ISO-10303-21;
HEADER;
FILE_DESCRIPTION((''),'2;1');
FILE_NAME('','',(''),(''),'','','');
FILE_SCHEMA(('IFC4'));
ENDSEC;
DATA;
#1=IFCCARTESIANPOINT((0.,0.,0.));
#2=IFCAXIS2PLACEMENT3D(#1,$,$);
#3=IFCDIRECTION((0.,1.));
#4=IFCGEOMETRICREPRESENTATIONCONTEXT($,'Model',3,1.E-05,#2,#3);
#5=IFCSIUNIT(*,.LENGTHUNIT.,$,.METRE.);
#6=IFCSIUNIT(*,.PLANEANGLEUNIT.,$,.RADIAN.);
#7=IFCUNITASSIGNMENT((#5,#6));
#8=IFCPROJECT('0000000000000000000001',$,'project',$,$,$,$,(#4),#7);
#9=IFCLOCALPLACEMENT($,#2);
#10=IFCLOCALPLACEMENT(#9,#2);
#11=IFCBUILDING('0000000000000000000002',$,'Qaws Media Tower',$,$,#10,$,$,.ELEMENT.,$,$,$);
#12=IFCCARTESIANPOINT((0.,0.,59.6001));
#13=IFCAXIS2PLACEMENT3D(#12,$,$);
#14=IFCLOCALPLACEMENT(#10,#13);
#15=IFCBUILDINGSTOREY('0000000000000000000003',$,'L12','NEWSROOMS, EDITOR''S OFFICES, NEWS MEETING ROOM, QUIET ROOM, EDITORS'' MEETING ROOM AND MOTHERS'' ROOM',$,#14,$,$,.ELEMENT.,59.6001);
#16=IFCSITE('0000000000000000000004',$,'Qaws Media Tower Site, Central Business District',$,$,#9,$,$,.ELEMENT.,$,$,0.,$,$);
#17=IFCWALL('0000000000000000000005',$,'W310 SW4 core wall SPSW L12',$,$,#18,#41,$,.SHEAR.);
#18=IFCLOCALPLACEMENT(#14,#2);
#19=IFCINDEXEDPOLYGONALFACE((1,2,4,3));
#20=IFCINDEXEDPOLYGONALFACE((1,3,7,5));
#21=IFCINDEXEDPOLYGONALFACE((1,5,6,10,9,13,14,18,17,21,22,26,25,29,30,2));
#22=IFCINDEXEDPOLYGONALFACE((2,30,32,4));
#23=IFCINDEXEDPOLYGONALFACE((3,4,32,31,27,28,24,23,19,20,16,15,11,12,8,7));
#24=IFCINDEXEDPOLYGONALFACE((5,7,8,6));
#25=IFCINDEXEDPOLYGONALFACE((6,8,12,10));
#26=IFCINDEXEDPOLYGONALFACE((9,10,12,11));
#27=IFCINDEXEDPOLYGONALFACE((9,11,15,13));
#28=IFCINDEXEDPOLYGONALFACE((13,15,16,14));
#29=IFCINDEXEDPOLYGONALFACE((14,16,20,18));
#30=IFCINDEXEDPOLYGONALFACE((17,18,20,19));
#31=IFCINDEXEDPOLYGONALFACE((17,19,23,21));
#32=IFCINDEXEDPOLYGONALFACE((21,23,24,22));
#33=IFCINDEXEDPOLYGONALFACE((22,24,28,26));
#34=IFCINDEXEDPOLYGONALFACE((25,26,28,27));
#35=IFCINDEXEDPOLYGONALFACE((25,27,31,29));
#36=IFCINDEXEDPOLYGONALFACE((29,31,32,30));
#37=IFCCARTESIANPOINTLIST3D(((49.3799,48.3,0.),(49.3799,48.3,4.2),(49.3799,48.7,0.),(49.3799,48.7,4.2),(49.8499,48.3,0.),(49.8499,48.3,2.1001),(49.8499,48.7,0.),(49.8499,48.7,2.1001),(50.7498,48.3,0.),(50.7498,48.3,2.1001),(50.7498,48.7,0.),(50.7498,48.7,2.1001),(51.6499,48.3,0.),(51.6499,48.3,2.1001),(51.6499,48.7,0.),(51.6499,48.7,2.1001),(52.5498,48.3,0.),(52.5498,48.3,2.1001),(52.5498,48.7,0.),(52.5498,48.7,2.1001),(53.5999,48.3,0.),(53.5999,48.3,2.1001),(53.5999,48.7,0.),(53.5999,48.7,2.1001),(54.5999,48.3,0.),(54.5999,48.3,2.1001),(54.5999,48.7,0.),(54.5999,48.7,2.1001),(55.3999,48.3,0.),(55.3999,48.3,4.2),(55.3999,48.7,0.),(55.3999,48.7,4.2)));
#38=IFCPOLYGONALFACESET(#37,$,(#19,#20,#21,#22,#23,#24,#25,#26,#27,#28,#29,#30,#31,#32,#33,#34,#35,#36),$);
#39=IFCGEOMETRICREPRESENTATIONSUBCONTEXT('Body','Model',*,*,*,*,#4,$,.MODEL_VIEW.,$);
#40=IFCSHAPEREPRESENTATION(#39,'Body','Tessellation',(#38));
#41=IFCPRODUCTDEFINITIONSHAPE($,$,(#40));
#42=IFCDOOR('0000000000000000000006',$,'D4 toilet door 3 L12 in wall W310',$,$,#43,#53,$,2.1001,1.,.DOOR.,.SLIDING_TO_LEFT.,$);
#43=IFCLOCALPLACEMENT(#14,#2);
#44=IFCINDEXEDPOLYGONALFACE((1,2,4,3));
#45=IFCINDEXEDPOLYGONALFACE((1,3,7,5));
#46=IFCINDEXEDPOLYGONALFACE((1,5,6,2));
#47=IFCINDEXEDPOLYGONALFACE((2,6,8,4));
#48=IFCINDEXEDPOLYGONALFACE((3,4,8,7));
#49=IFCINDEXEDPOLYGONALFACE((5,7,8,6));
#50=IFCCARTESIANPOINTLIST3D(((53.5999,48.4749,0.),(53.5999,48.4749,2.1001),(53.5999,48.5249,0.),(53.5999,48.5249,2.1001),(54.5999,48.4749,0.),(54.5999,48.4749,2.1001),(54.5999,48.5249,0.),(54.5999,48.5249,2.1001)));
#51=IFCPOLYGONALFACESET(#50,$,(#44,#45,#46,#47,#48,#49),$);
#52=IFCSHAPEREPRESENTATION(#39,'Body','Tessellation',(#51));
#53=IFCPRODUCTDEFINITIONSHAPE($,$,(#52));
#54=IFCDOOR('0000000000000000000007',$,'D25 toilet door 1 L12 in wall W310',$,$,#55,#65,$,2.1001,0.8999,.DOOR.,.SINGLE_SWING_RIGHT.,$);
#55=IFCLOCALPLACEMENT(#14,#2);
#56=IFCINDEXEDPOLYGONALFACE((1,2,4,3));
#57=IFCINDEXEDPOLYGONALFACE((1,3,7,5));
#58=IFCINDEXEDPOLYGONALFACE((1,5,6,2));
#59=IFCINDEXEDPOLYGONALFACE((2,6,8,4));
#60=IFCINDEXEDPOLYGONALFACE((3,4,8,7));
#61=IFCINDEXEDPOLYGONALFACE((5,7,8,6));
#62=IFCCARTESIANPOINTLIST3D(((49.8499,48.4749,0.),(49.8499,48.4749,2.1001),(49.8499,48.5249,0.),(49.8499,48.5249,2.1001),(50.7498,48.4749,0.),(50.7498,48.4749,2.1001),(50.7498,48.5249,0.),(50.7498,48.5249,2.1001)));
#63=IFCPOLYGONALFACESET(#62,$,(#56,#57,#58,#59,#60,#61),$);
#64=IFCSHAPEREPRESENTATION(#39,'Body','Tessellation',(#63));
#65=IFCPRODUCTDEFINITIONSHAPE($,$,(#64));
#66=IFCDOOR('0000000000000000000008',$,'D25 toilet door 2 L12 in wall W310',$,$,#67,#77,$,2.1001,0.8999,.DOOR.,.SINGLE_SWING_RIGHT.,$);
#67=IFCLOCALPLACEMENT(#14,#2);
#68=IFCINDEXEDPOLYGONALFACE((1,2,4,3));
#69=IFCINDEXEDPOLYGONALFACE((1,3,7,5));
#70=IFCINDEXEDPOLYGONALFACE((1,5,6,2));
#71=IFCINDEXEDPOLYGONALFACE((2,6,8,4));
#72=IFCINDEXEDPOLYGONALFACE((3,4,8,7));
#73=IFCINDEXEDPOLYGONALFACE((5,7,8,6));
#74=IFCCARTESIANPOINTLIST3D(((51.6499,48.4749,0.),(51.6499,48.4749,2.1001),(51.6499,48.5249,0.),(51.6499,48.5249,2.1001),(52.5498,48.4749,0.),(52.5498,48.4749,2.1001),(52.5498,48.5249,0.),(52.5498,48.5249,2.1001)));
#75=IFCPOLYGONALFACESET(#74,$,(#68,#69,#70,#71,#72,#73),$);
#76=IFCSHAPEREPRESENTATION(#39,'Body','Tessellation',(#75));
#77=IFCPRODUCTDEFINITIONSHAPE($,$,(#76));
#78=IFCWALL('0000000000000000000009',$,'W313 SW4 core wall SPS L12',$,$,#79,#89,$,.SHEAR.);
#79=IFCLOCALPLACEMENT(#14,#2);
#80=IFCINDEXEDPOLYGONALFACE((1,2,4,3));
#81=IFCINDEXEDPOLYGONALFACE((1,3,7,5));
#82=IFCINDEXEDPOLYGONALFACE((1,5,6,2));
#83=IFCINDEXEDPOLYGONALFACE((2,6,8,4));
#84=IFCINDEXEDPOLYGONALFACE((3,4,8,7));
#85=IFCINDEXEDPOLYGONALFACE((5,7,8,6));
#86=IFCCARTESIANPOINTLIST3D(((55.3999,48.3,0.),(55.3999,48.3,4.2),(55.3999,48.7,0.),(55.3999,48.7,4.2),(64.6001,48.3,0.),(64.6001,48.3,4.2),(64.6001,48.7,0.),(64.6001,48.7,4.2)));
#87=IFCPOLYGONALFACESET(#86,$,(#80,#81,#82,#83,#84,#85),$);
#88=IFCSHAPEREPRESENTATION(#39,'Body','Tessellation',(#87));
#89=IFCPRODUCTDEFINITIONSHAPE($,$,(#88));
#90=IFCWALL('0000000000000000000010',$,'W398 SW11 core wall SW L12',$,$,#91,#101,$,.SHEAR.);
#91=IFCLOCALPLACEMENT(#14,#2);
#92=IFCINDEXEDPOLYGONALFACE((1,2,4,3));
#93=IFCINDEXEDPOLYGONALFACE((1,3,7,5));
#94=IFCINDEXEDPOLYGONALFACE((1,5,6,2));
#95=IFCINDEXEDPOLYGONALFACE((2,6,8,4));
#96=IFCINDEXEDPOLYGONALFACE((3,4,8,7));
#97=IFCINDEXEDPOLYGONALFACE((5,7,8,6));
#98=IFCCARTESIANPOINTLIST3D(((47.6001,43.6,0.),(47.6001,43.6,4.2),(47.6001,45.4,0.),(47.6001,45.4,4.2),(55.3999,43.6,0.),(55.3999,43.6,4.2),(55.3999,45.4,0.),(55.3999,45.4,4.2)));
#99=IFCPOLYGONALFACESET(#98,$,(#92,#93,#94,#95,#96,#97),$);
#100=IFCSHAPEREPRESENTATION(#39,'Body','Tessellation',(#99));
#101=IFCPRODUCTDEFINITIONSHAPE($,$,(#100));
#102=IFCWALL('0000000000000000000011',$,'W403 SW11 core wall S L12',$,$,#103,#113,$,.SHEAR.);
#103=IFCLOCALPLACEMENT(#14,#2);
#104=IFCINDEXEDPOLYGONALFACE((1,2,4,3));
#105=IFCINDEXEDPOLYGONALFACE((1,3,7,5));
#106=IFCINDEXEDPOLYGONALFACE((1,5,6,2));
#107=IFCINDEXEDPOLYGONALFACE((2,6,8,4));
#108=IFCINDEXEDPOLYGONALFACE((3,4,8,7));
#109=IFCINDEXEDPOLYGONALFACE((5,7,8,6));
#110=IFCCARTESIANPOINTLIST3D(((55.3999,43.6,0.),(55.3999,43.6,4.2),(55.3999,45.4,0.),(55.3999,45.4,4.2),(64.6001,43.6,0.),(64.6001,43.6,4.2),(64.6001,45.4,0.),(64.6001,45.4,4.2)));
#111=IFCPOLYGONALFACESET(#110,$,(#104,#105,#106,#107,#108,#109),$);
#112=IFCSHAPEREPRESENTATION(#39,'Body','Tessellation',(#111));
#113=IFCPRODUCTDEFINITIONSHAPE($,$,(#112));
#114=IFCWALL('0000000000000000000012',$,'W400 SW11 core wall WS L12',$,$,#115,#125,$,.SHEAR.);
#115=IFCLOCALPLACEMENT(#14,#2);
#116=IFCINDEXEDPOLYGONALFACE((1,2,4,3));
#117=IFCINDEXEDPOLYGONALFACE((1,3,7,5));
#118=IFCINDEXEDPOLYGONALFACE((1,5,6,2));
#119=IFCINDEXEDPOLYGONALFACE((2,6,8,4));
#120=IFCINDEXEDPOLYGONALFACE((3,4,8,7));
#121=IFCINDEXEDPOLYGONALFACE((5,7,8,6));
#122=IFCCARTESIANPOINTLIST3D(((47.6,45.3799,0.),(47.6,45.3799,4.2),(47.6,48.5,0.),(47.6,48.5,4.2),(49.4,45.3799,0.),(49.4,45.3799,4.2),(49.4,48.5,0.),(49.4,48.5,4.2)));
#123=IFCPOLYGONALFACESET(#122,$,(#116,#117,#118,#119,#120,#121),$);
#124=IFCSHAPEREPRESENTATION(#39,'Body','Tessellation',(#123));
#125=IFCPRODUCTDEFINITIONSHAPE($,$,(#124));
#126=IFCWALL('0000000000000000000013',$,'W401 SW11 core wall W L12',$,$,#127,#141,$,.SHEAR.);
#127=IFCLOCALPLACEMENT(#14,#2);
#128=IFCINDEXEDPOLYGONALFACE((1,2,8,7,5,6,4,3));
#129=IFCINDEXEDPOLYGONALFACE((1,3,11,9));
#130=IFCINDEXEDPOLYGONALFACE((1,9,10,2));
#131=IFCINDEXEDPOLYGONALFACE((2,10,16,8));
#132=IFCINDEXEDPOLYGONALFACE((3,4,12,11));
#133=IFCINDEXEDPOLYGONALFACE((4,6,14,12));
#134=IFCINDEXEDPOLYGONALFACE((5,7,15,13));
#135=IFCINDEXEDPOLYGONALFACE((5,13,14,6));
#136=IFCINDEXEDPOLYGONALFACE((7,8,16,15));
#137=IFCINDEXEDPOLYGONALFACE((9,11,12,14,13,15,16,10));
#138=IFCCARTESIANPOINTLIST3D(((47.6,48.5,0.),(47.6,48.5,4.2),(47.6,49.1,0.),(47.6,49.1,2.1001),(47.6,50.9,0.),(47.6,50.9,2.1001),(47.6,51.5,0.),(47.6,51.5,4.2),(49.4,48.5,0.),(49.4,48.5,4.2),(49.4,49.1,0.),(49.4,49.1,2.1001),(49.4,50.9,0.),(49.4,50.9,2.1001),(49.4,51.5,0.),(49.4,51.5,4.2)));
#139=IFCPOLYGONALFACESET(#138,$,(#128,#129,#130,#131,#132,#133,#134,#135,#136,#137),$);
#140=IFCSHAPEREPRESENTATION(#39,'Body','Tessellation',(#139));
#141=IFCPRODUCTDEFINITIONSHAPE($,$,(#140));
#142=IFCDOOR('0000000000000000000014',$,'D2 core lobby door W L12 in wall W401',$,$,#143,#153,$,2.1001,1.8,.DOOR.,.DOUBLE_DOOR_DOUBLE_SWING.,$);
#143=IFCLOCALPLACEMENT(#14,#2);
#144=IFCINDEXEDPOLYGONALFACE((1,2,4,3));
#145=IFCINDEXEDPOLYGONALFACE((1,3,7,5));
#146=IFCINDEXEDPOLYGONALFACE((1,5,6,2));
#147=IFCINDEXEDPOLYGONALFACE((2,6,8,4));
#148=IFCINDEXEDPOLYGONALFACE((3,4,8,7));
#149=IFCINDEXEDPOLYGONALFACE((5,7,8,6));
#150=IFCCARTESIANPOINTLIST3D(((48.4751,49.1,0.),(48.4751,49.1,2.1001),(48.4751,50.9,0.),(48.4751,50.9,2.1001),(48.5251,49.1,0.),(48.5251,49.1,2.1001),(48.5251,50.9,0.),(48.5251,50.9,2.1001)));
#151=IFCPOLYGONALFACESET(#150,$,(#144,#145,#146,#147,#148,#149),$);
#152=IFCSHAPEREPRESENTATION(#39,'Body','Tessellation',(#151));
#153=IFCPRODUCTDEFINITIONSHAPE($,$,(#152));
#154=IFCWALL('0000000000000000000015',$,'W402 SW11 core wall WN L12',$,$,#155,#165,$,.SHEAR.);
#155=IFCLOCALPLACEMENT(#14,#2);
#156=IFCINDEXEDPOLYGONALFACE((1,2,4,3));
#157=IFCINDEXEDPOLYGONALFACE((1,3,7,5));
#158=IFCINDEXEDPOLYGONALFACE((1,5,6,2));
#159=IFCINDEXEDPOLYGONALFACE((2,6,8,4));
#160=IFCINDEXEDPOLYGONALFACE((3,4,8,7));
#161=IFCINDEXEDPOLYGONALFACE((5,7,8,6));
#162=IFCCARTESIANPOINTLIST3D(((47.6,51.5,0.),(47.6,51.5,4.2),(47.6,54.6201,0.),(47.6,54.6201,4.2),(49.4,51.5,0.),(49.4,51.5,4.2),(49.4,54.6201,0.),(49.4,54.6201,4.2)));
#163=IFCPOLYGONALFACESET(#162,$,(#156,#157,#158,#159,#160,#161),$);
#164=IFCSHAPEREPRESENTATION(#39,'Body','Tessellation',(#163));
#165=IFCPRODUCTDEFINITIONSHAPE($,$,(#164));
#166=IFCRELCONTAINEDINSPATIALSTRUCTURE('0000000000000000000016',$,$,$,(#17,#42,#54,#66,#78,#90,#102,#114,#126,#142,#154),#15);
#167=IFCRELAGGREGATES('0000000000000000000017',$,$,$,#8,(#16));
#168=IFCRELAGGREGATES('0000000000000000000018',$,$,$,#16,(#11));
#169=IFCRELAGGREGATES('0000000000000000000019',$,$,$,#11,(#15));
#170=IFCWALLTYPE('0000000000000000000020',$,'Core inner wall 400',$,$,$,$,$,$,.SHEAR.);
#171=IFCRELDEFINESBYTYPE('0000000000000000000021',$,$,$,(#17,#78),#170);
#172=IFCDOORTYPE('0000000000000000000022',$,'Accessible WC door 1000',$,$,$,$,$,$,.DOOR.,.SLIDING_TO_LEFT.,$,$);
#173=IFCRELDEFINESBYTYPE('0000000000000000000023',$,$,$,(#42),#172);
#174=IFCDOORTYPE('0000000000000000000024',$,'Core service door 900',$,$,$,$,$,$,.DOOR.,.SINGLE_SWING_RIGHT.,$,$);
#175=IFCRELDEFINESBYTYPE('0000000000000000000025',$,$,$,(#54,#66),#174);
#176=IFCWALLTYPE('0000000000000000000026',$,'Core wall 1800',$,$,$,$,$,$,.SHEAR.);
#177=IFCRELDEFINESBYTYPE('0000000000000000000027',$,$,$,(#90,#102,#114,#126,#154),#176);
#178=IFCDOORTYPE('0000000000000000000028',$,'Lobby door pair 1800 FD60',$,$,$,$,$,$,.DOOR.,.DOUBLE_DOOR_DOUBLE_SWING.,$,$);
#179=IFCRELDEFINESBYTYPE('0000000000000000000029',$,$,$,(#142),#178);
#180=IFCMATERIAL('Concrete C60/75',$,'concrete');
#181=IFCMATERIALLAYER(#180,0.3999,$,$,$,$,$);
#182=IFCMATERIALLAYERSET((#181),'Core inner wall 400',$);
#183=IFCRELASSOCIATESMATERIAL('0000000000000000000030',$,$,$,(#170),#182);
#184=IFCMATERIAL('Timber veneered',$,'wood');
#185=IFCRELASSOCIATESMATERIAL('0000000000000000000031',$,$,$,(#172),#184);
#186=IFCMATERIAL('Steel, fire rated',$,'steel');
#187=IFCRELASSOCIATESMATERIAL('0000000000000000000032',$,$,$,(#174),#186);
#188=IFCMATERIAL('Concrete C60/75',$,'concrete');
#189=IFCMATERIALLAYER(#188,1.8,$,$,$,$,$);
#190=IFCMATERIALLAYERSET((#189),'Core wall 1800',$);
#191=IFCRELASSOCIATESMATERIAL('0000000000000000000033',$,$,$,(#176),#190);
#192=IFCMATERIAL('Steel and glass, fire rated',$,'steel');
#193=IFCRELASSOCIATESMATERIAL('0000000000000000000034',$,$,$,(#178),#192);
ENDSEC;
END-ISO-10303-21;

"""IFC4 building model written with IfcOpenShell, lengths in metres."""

from ifc_helpers import new_model, si_unit, direction, frame, frame_2d, origin, place, context, subcontext, project, spatial, rectangle, extrude, material, layer, layer_set, type_object, element, fill, save


model = new_model("IFC4")

# Units and contexts
model_context = context("Model", 3, precision=1e-05, world=origin(), true_north=direction((0.0, 1.0)))
body_context = subcontext(model_context, "Body", "Model", "MODEL_VIEW")
ifc_project = project(units=[si_unit("LENGTHUNIT", "METRE"), si_unit("PLANEANGLEUNIT", "RADIAN")], contexts=[model_context])

# Site, building, storey
site_placement = place(None, origin())
site = spatial("IfcSite", under=ifc_project, at=site_placement, Name="Qaws Media Tower Site, Central Business District", CompositionType="ELEMENT", RefElevation=0.0)
building_placement = place(site_placement, origin())
building = spatial("IfcBuilding", under=site, at=building_placement, Name="Qaws Media Tower", CompositionType="ELEMENT")
storey_placement = place(building_placement, frame((0.0, 0.0, 59.6001)))
storey = spatial("IfcBuildingStorey", under=building, at=storey_placement, Name="L12", Description="NEWSROOMS, EDITOR'S OFFICES, NEWS MEETING ROOM, QUIET ROOM, EDITORS' MEETING ROOM AND MOTHERS' ROOM", CompositionType="ELEMENT", Elevation=59.6001)

# Shared definitions
ifc_material_1 = material(Name="Concrete C60/75", Category="concrete")
ifc_layer_1 = layer(ifc_material_1, 0.3999)
ifc_layer_set_1 = layer_set([ifc_layer_1], Name="Core inner wall 400")
wall_type_1 = type_object("IfcWallType", Name="Core inner wall 400", PredefinedType="SHEAR", material=ifc_layer_set_1)

# Wall, openings, doors
wall_1_placement = place(storey_placement, frame((49.3799, 48.5, 0.0), z_axis=(0.0, 0.0, 1.0), x_axis=(1.0, 0.0, 0.0)))
wall_1 = element("IfcWall", 1, at=wall_1_placement, inside=storey, type_object=wall_type_1, Name="W310 SW4 core wall SPSW L12", PredefinedType="SHEAR", context=body_context, shape_type="SweptSolid", body=[
    extrude(rectangle(XDim=6.02, YDim=0.3999, at=frame_2d((3.01, 0.0))), origin(), (0.0, 0.0, 1.0), 4.2),
])
opening_1_placement = place(wall_1_placement, frame((0.47, 0.0, 0.0)))
opening_1 = element("IfcOpeningElement", 2, at=opening_1_placement, cuts=wall_1, PredefinedType="OPENING", context=body_context, shape_type="SweptSolid", body=[
    extrude(rectangle(XDim=0.8999, YDim=2.1001, at=frame_2d((0.45, 1.05))), frame((0.0, 0.21, 0.0), z_axis=(0.0, -1.0, 0.0), x_axis=(1.0, 0.0, 0.0)), (0.0, 0.0, 1.0), 0.4199),
])
opening_2_placement = place(wall_1_placement, frame((2.27, 0.0, 0.0)))
opening_2 = element("IfcOpeningElement", 3, at=opening_2_placement, cuts=wall_1, PredefinedType="OPENING", context=body_context, shape_type="SweptSolid", body=[
    extrude(rectangle(XDim=0.8999, YDim=2.1001, at=frame_2d((0.45, 1.05))), frame((0.0, 0.21, 0.0), z_axis=(0.0, -1.0, 0.0), x_axis=(1.0, 0.0, 0.0)), (0.0, 0.0, 1.0), 0.4199),
])
opening_3_placement = place(wall_1_placement, frame((4.22, 0.0, 0.0)))
opening_3 = element("IfcOpeningElement", 4, at=opening_3_placement, cuts=wall_1, PredefinedType="OPENING", context=body_context, shape_type="SweptSolid", body=[
    extrude(rectangle(XDim=1.0, YDim=2.1001, at=frame_2d((0.5, 1.05))), frame((0.0, 0.21, 0.0), z_axis=(0.0, -1.0, 0.0), x_axis=(1.0, 0.0, 0.0)), (0.0, 0.0, 1.0), 0.4199),
])
ifc_material_2 = material(Name="Timber veneered", Category="wood")
door_type_1 = type_object("IfcDoorType", Name="Accessible WC door 1000", OperationType="SLIDING_TO_LEFT", PredefinedType="DOOR", material=ifc_material_2)
door_1_placement = place(opening_3_placement, origin())
door_1 = element("IfcDoor", 5, at=door_1_placement, inside=storey, type_object=door_type_1, Name="D4 toilet door 3 L12 in wall W310", OperationType="SLIDING_TO_LEFT", OverallHeight=2.1001, OverallWidth=1.0, PredefinedType="DOOR", context=body_context, shape_type="SweptSolid", body=[
    extrude(rectangle(XDim=1.0, YDim=2.1001, at=frame_2d((0.5, 1.05))), frame((0.0, 0.0249, 0.0), z_axis=(0.0, -1.0, 0.0), x_axis=(1.0, 0.0, 0.0)), (0.0, 0.0, 1.0), 0.05),
])
fill(opening_3, door_1)
ifc_material_3 = material(Name="Steel, fire rated", Category="steel")
door_type_2 = type_object("IfcDoorType", Name="Core service door 900", OperationType="SINGLE_SWING_RIGHT", PredefinedType="DOOR", material=ifc_material_3)
door_2_placement = place(opening_1_placement, origin())
door_2 = element("IfcDoor", 6, at=door_2_placement, inside=storey, type_object=door_type_2, Name="D25 toilet door 1 L12 in wall W310", OperationType="SINGLE_SWING_RIGHT", OverallHeight=2.1001, OverallWidth=0.8999, PredefinedType="DOOR", context=body_context, shape_type="SweptSolid", body=[
    extrude(rectangle(XDim=0.8999, YDim=2.1001, at=frame_2d((0.45, 1.05))), frame((0.0, 0.0249, 0.0), z_axis=(0.0, -1.0, 0.0), x_axis=(1.0, 0.0, 0.0)), (0.0, 0.0, 1.0), 0.05),
])
fill(opening_1, door_2)
door_3_placement = place(opening_2_placement, origin())
door_3 = element("IfcDoor", 7, at=door_3_placement, inside=storey, type_object=door_type_2, Name="D25 toilet door 2 L12 in wall W310", OperationType="SINGLE_SWING_RIGHT", OverallHeight=2.1001, OverallWidth=0.8999, PredefinedType="DOOR", context=body_context, shape_type="SweptSolid", body=[
    extrude(rectangle(XDim=0.8999, YDim=2.1001, at=frame_2d((0.45, 1.05))), frame((0.0, 0.0249, 0.0), z_axis=(0.0, -1.0, 0.0), x_axis=(1.0, 0.0, 0.0)), (0.0, 0.0, 1.0), 0.05),
])
fill(opening_2, door_3)

# Walls
wall_2_placement = place(storey_placement, frame((55.3999, 48.5, 0.0), z_axis=(0.0, 0.0, 1.0), x_axis=(1.0, 0.0, 0.0)))
element("IfcWall", 8, at=wall_2_placement, inside=storey, type_object=wall_type_1, Name="W313 SW4 core wall SPS L12", PredefinedType="SHEAR", context=body_context, shape_type="SweptSolid", body=[
    extrude(rectangle(XDim=9.2002, YDim=0.3999, at=frame_2d((4.6001, 0.0))), origin(), (0.0, 0.0, 1.0), 4.2),
])
ifc_material_4 = material(Name="Concrete C60/75", Category="concrete")
ifc_layer_2 = layer(ifc_material_4, 1.8)
ifc_layer_set_2 = layer_set([ifc_layer_2], Name="Core wall 1800")
wall_type_2 = type_object("IfcWallType", Name="Core wall 1800", PredefinedType="SHEAR", material=ifc_layer_set_2)
wall_3_placement = place(storey_placement, frame((47.6001, 44.5, 0.0), z_axis=(0.0, 0.0, 1.0), x_axis=(1.0, 0.0, 0.0)))
element("IfcWall", 9, at=wall_3_placement, inside=storey, type_object=wall_type_2, Name="W398 SW11 core wall SW L12", PredefinedType="SHEAR", context=body_context, shape_type="SweptSolid", body=[
    extrude(rectangle(XDim=7.7998, YDim=1.8, at=frame_2d((3.8999, 0.0))), origin(), (0.0, 0.0, 1.0), 4.2),
])
wall_4_placement = place(storey_placement, frame((55.3999, 44.5, 0.0), z_axis=(0.0, 0.0, 1.0), x_axis=(1.0, 0.0, 0.0)))
element("IfcWall", 10, at=wall_4_placement, inside=storey, type_object=wall_type_2, Name="W403 SW11 core wall S L12", PredefinedType="SHEAR", context=body_context, shape_type="SweptSolid", body=[
    extrude(rectangle(XDim=9.2002, YDim=1.8, at=frame_2d((4.6001, 0.0))), origin(), (0.0, 0.0, 1.0), 4.2),
])
wall_5_placement = place(storey_placement, frame((48.5, 45.3799, 0.0), z_axis=(0.0, 0.0, 1.0), x_axis=(0.0, 1.0, 0.0)))
element("IfcWall", 11, at=wall_5_placement, inside=storey, type_object=wall_type_2, Name="W400 SW11 core wall WS L12", PredefinedType="SHEAR", context=body_context, shape_type="SweptSolid", body=[
    extrude(rectangle(XDim=3.1201, YDim=1.8, at=frame_2d((1.5601, 0.0))), origin(), (0.0, 0.0, 1.0), 4.2),
])

# Wall, opening, door
wall_6_placement = place(storey_placement, frame((48.5, 48.5, 0.0), z_axis=(0.0, 0.0, 1.0), x_axis=(0.0, 1.0, 0.0)))
wall_6 = element("IfcWall", 12, at=wall_6_placement, inside=storey, type_object=wall_type_2, Name="W401 SW11 core wall W L12", PredefinedType="SHEAR", context=body_context, shape_type="SweptSolid", body=[
    extrude(rectangle(XDim=3.0, YDim=1.8, at=frame_2d((1.5, 0.0))), origin(), (0.0, 0.0, 1.0), 4.2),
])
opening_4_placement = place(wall_6_placement, frame((0.6001, 0.0, 0.0)))
opening_4 = element("IfcOpeningElement", 13, at=opening_4_placement, cuts=wall_6, PredefinedType="OPENING", context=body_context, shape_type="SweptSolid", body=[
    extrude(rectangle(XDim=1.8, YDim=2.1001, at=frame_2d((0.8999, 1.05))), frame((0.0, 0.9099, 0.0), z_axis=(0.0, -1.0, 0.0), x_axis=(1.0, 0.0, 0.0)), (0.0, 0.0, 1.0), 1.8201),
])
ifc_material_5 = material(Name="Steel and glass, fire rated", Category="steel")
door_type_3 = type_object("IfcDoorType", Name="Lobby door pair 1800 FD60", OperationType="DOUBLE_DOOR_DOUBLE_SWING", PredefinedType="DOOR", material=ifc_material_5)
door_4_placement = place(opening_4_placement, origin())
door_4 = element("IfcDoor", 14, at=door_4_placement, inside=storey, type_object=door_type_3, Name="D2 core lobby door W L12 in wall W401", OperationType="DOUBLE_DOOR_DOUBLE_SWING", OverallHeight=2.1001, OverallWidth=1.8, PredefinedType="DOOR", context=body_context, shape_type="SweptSolid", body=[
    extrude(rectangle(XDim=1.8, YDim=2.1001, at=frame_2d((0.8999, 1.05))), frame((0.0, 0.0249, 0.0), z_axis=(0.0, -1.0, 0.0), x_axis=(1.0, 0.0, 0.0)), (0.0, 0.0, 1.0), 0.05),
])
fill(opening_4, door_4)

# Wall
wall_7_placement = place(storey_placement, frame((48.5, 51.5, 0.0), z_axis=(0.0, 0.0, 1.0), x_axis=(0.0, 1.0, 0.0)))
element("IfcWall", 15, at=wall_7_placement, inside=storey, type_object=wall_type_2, Name="W402 SW11 core wall WN L12", PredefinedType="SHEAR", context=body_context, shape_type="SweptSolid", body=[
    extrude(rectangle(XDim=3.1201, YDim=1.8, at=frame_2d((1.5601, 0.0))), origin(), (0.0, 0.0, 1.0), 4.2),
])

save(model, "model.ifc")
